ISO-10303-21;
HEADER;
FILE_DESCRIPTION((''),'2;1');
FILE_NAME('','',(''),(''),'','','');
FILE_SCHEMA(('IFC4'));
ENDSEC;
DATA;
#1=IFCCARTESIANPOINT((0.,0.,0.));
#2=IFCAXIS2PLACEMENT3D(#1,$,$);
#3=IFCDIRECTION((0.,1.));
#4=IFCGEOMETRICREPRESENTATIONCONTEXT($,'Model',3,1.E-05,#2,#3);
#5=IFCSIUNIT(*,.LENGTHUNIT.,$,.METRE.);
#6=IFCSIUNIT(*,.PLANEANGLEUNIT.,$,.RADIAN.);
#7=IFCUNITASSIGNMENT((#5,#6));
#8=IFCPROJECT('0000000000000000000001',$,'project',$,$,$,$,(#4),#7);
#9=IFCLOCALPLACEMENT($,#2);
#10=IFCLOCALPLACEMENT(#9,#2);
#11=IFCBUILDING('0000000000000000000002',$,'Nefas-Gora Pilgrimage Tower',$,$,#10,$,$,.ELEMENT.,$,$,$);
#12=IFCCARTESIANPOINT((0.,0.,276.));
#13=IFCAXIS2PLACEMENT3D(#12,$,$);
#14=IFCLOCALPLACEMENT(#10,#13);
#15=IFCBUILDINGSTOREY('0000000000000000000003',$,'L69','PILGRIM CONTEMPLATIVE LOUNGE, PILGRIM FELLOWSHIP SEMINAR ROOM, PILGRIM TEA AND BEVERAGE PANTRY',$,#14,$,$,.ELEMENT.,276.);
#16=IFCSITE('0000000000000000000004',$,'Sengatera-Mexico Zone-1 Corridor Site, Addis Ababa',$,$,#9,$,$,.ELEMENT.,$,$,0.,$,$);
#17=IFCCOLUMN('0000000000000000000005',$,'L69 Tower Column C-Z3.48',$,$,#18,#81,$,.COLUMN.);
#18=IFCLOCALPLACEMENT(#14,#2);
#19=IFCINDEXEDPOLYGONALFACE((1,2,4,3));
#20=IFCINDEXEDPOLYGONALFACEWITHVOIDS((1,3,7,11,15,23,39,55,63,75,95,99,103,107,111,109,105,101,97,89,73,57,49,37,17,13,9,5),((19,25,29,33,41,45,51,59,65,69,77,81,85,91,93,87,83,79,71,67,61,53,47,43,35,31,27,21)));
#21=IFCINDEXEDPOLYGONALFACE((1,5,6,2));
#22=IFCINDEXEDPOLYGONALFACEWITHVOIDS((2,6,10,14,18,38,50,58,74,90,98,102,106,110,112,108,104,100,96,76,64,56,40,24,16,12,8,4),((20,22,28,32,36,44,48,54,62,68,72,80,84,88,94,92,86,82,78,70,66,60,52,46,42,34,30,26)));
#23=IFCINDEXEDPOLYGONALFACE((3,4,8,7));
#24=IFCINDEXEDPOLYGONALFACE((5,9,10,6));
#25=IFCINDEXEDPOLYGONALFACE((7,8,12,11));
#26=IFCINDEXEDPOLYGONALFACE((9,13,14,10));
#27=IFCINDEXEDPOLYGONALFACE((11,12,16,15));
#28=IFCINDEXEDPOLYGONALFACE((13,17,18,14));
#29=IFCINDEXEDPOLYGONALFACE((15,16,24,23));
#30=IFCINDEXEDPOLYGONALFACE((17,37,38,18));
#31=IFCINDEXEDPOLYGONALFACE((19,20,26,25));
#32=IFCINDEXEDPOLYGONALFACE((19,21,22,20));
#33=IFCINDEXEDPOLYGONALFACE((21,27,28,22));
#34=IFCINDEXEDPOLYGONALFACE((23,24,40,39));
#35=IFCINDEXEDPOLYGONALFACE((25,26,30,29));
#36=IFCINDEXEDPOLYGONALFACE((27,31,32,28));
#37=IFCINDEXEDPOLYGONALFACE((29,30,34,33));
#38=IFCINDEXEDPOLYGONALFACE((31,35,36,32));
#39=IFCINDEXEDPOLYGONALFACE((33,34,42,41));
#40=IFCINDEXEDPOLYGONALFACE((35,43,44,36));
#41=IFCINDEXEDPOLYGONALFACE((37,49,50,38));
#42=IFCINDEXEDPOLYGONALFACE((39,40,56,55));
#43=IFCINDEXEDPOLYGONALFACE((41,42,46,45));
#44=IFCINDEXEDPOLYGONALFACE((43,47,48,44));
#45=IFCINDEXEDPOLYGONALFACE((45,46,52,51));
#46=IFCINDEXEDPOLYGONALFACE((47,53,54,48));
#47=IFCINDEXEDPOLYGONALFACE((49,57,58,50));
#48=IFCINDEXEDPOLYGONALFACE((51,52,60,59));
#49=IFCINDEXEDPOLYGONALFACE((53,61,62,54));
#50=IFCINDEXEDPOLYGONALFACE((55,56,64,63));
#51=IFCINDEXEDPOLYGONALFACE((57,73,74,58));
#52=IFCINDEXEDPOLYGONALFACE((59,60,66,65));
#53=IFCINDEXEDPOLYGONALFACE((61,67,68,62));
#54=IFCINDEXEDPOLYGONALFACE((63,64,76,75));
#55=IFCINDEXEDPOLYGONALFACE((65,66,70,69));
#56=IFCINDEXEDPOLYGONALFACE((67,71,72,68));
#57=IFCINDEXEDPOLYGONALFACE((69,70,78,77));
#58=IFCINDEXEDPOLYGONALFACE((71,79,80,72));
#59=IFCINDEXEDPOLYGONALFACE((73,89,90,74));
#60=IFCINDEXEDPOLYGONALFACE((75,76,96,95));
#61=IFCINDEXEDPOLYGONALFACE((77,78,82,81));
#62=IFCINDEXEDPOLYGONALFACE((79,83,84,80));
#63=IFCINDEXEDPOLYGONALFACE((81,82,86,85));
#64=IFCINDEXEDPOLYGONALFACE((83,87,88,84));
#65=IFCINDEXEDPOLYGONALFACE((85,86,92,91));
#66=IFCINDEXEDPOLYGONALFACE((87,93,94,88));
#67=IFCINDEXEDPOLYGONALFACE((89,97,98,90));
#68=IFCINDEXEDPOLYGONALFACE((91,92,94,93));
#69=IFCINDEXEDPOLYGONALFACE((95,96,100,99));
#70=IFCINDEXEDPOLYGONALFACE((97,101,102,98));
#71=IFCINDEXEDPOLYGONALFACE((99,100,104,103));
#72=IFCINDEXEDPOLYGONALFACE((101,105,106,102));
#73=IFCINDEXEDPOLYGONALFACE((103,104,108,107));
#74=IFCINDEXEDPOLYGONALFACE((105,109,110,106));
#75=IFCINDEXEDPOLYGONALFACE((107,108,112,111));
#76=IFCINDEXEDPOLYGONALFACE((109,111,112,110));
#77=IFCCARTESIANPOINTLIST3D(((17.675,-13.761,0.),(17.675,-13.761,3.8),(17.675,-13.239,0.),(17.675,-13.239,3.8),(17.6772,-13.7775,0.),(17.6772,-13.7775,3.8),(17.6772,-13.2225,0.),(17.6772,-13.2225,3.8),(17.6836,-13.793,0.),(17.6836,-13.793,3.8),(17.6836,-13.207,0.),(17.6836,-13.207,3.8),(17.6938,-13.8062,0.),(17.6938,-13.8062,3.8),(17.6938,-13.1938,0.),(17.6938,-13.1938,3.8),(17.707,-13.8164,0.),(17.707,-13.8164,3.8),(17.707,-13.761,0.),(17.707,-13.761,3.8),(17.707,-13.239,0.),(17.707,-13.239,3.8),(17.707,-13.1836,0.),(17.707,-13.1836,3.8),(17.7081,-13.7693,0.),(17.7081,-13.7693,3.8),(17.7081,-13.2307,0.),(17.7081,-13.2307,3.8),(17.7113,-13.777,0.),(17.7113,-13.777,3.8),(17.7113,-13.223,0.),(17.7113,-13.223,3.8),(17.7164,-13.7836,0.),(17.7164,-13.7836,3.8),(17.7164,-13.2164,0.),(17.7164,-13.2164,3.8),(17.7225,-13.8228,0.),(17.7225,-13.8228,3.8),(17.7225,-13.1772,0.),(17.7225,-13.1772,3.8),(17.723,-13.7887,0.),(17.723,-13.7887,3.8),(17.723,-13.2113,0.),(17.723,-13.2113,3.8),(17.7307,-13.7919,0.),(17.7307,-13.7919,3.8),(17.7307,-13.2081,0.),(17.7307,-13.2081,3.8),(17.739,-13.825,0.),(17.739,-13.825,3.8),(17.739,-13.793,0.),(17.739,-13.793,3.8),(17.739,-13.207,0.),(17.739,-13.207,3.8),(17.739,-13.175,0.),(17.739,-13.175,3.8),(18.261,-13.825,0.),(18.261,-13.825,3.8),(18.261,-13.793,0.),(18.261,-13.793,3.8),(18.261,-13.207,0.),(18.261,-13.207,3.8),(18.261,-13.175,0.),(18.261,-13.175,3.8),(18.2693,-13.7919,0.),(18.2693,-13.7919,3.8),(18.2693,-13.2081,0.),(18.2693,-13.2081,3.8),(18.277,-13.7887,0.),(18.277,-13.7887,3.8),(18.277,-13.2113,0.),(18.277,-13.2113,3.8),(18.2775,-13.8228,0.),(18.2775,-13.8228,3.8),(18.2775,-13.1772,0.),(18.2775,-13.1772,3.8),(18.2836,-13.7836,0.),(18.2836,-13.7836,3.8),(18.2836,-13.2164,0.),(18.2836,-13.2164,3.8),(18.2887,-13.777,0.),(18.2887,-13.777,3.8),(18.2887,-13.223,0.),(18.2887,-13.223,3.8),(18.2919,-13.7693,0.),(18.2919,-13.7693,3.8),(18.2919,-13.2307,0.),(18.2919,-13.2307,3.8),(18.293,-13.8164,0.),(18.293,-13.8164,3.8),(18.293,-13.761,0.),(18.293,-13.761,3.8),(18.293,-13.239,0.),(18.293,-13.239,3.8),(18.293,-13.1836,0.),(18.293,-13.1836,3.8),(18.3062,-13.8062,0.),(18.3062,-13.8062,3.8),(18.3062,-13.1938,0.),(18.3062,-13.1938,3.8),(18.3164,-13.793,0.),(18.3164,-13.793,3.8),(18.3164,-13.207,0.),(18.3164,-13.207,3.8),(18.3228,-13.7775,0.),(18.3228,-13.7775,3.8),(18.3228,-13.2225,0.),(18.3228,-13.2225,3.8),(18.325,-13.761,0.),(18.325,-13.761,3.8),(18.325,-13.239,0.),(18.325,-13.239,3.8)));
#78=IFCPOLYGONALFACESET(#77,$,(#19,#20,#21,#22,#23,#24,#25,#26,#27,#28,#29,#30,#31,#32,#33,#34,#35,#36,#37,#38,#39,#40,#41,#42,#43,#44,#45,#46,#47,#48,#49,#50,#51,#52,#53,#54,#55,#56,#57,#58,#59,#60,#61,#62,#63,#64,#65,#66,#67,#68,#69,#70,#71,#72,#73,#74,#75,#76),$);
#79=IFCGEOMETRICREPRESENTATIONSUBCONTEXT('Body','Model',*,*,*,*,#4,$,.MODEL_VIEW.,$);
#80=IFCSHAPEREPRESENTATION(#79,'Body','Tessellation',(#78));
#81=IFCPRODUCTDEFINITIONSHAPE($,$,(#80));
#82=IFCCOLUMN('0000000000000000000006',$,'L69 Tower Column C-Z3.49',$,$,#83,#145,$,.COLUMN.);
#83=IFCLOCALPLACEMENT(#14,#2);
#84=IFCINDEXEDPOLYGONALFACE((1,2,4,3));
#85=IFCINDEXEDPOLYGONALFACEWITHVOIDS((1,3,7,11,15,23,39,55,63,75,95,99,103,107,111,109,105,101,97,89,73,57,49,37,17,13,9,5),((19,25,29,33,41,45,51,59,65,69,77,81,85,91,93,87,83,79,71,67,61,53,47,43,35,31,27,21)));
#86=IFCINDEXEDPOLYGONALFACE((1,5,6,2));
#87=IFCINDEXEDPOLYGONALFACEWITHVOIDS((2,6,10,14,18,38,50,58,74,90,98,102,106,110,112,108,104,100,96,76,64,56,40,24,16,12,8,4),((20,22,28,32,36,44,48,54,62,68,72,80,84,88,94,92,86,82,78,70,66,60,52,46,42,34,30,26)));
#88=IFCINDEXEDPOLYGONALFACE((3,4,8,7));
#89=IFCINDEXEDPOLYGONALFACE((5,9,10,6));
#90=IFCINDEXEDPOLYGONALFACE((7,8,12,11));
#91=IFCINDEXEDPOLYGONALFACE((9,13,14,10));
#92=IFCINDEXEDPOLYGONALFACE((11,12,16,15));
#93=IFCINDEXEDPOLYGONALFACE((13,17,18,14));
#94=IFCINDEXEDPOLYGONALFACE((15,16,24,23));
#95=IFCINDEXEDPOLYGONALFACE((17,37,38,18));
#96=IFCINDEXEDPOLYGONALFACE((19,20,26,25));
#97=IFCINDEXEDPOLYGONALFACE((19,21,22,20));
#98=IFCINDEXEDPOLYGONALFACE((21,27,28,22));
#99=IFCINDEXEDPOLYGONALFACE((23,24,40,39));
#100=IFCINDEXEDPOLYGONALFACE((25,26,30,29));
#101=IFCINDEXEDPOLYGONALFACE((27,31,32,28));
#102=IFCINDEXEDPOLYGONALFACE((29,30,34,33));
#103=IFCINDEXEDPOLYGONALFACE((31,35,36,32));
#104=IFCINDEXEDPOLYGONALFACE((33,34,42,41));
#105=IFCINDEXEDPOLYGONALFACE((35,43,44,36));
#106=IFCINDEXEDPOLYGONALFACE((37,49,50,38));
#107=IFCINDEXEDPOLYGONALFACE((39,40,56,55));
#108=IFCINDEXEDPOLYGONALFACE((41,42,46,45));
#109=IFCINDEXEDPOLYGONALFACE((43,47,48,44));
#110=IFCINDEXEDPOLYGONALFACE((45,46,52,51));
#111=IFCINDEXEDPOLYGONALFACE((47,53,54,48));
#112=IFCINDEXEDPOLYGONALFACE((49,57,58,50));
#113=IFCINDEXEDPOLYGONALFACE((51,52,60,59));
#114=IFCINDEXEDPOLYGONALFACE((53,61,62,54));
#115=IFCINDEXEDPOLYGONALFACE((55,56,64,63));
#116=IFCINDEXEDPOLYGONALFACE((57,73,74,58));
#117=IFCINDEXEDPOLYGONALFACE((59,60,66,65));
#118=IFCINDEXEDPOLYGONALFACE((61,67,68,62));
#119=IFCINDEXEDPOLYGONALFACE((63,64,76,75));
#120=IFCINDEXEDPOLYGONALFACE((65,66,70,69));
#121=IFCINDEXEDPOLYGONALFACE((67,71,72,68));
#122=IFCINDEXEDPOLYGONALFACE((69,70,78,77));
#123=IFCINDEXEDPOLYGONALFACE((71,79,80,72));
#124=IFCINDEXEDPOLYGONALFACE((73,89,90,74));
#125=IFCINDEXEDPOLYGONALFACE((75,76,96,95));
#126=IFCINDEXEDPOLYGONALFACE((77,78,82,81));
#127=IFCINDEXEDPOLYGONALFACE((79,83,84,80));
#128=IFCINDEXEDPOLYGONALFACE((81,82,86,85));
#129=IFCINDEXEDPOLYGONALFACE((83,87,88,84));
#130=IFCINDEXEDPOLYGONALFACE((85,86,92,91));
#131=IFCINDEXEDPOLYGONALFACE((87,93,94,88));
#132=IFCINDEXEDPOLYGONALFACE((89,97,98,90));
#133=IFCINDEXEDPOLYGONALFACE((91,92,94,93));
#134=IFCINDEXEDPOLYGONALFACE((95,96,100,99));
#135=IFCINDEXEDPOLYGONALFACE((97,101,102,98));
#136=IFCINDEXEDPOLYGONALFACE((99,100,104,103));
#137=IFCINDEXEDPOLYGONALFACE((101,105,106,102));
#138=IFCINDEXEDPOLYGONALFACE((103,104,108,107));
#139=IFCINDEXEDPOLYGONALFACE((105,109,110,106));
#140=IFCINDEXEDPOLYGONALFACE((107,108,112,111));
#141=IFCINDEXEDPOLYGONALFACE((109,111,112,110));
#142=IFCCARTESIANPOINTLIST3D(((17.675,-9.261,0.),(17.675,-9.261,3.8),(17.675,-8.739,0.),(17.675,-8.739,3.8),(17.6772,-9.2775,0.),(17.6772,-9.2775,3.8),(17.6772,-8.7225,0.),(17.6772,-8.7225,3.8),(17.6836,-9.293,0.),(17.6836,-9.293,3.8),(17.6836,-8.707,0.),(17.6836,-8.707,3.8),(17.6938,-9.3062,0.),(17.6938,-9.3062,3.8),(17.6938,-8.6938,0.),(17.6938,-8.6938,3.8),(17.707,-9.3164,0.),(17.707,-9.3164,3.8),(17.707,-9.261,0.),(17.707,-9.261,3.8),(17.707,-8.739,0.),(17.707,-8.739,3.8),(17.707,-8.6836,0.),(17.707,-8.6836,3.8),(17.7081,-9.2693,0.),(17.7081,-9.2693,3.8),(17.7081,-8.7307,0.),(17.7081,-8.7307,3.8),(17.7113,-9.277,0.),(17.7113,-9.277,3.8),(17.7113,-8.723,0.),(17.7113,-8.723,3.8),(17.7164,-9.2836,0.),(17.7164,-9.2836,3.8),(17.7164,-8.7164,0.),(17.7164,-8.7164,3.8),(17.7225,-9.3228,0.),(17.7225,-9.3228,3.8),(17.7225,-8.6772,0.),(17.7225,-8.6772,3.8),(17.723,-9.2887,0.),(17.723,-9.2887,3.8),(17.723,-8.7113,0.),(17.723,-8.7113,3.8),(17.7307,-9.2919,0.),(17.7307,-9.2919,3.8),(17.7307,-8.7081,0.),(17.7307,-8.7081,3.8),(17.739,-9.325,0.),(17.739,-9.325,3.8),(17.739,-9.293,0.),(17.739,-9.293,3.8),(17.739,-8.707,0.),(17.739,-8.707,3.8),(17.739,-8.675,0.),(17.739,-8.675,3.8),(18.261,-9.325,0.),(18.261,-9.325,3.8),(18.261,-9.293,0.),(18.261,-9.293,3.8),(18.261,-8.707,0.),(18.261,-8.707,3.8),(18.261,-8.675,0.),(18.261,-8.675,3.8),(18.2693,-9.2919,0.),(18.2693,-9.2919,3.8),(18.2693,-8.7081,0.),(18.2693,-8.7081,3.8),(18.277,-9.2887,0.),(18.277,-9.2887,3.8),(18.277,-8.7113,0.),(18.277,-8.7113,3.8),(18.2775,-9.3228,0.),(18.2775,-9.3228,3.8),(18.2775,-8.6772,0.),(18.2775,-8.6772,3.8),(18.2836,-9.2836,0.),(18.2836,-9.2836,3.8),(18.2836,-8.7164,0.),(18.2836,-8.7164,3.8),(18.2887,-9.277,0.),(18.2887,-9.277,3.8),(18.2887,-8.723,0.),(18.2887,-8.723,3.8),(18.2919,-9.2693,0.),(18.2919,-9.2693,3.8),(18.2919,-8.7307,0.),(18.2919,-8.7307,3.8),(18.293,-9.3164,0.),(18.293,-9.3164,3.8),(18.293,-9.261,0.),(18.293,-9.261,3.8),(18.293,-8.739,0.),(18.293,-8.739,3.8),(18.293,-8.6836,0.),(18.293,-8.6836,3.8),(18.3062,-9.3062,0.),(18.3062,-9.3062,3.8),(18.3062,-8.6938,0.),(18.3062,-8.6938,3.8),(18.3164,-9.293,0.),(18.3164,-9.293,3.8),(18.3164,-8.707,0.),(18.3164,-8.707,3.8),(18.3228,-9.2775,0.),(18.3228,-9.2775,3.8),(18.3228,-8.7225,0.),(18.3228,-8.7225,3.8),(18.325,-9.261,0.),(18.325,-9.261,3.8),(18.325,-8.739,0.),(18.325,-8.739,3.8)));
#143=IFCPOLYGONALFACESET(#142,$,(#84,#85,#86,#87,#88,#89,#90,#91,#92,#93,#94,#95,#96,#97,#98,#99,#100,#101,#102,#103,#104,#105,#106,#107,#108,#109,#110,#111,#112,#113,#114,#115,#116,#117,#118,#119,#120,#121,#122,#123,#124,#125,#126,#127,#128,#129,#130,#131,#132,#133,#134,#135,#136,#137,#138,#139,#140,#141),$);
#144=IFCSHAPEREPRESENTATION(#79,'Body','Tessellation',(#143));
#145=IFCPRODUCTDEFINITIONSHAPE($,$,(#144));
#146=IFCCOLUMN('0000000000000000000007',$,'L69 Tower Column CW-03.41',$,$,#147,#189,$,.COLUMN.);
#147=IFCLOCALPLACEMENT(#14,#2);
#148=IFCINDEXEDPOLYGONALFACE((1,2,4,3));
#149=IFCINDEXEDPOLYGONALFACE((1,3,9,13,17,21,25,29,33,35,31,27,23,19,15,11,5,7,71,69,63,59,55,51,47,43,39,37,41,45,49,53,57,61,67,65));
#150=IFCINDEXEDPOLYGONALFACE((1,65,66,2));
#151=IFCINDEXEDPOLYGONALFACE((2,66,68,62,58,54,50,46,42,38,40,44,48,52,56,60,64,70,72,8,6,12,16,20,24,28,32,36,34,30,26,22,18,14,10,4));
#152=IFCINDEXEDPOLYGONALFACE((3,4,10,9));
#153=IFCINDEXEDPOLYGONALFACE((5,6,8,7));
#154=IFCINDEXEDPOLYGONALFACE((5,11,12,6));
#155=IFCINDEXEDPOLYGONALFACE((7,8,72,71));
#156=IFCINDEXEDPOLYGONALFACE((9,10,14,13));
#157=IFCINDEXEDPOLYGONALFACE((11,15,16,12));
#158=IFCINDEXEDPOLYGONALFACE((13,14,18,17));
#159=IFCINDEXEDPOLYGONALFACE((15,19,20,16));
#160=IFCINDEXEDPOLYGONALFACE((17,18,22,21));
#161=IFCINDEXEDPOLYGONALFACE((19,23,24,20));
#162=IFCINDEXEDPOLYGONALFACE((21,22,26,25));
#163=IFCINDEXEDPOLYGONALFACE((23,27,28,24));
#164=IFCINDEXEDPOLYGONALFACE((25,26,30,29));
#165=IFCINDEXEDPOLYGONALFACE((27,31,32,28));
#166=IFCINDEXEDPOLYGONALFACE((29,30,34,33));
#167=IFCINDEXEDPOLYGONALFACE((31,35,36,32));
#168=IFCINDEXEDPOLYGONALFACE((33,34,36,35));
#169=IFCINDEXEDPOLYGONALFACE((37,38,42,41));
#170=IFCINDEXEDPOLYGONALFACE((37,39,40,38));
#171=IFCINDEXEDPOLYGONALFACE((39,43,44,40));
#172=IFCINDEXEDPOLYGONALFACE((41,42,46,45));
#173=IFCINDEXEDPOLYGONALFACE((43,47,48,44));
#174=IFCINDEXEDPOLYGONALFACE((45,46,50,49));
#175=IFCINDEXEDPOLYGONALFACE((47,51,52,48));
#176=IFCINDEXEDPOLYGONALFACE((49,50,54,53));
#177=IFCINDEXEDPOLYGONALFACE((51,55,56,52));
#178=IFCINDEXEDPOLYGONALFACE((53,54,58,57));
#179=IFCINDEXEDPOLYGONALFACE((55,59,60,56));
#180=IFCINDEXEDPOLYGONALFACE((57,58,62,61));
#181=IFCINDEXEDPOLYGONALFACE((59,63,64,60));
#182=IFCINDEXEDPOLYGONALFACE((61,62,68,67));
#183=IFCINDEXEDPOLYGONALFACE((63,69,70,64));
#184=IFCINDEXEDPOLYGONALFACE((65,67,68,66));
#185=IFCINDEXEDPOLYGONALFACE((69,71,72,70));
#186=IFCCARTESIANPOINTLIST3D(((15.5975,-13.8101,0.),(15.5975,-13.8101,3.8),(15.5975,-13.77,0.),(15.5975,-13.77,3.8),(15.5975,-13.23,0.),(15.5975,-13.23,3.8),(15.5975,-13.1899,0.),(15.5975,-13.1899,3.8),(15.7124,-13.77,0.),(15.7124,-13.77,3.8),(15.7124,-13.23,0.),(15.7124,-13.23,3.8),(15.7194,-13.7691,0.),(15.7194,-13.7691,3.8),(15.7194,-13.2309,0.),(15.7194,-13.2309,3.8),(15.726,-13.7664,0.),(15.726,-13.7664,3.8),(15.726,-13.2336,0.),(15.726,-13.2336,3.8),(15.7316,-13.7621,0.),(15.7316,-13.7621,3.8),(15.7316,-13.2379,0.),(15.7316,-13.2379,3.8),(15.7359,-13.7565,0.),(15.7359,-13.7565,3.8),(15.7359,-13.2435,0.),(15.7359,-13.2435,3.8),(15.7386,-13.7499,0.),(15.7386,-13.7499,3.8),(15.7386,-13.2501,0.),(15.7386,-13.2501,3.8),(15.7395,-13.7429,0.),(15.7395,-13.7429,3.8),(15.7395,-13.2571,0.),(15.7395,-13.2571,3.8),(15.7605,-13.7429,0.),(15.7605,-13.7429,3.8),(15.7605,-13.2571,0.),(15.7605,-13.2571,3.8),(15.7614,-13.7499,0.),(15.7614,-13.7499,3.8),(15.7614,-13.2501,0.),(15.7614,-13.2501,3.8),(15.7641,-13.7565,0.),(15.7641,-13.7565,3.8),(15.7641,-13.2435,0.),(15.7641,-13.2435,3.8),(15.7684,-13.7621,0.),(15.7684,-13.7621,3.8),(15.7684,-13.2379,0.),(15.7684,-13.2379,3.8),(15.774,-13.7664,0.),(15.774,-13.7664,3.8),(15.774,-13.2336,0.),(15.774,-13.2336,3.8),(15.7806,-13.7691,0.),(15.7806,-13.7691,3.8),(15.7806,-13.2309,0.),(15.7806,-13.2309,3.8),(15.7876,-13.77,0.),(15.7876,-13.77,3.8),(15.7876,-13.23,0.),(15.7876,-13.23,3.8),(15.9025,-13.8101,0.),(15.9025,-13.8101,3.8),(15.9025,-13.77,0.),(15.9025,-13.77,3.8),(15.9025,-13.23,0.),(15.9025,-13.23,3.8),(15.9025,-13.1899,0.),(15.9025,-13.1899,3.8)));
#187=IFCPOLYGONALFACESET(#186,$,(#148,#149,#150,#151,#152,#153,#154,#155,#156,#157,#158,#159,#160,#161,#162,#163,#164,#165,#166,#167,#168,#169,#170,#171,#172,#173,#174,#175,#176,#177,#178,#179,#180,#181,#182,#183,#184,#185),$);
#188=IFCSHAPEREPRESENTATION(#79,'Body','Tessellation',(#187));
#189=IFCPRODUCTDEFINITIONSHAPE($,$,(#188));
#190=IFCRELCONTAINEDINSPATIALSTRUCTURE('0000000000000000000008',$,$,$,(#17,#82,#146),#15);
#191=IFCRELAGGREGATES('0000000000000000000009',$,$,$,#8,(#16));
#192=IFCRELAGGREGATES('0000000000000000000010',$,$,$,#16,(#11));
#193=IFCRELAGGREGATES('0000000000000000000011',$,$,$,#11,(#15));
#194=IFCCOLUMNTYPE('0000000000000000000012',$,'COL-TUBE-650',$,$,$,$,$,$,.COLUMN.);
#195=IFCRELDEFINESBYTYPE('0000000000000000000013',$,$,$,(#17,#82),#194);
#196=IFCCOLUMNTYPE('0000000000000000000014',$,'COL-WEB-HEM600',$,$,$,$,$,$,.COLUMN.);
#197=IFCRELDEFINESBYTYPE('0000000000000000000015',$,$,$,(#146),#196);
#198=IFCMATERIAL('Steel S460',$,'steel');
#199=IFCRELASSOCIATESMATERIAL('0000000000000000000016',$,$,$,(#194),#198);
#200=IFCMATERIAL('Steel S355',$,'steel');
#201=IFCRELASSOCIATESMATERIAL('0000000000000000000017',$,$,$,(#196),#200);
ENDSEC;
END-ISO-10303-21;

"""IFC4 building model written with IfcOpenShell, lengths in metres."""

from ifc_helpers import new_model, si_unit, direction, frame, origin, origin_2d, place, context, subcontext, project, spatial, hollow_rectangle, i_section, extrude, source, transform, mapped, material, material_profile, profile_set, type_object, element, save


model = new_model("IFC4")

# Units and contexts
model_context = context("Model", 3, precision=1e-05, world=origin(), true_north=direction((0.0, 1.0)))
body_context = subcontext(model_context, "Body", "Model", "MODEL_VIEW")
ifc_project = project(units=[si_unit("LENGTHUNIT", "METRE"), si_unit("PLANEANGLEUNIT", "RADIAN")], contexts=[model_context])

# Site, building, storey
site_placement = place(None, origin())
site = spatial("IfcSite", under=ifc_project, at=site_placement, Name="Sengatera-Mexico Zone-1 Corridor Site, Addis Ababa", CompositionType="ELEMENT", RefElevation=0.0)
building_placement = place(site_placement, origin())
building = spatial("IfcBuilding", under=site, at=building_placement, Name="Nefas-Gora Pilgrimage Tower", CompositionType="ELEMENT")
storey_placement = place(building_placement, frame((0.0, 0.0, 276.0)))
storey = spatial("IfcBuildingStorey", under=building, at=storey_placement, Name="L69", Description="PILGRIM CONTEMPLATIVE LOUNGE, PILGRIM FELLOWSHIP SEMINAR ROOM, PILGRIM TEA AND BEVERAGE PANTRY", CompositionType="ELEMENT", Elevation=276.0)

# Columns
ifc_material_1 = material(Name="Steel S460", Category="steel")
ifc_material_profile_1 = material_profile(ifc_material_1, hollow_rectangle(XDim=0.6499, YDim=0.6499, WallThickness=0.032, InnerFilletRadius=0.032, OuterFilletRadius=0.064, at=origin_2d()), Name="BOX 650x650x32")
ifc_profile_set_1 = profile_set([ifc_material_profile_1], Name="Steel S460")
column_type_1 = type_object("IfcColumnType", Name="COL-TUBE-650", PredefinedType="COLUMN", material=ifc_profile_set_1)
shared_shape_1 = source(origin(), body_context, "Body", "SweptSolid", [
    extrude(hollow_rectangle(XDim=0.6499, YDim=0.6499, WallThickness=0.032, InnerFilletRadius=0.032, OuterFilletRadius=0.064, at=origin_2d()), origin(), (0.0, 0.0, 1.0), 3.8),
])
for number, where, z_axis, x_axis, name in (
    (1, (18.0, -13.5, 0.0), (0.0, 0.0, 1.0), (1.0, 0.0, 0.0), "L69 Tower Column C-Z3.48"),
    (2, (18.0, -9.0, 0.0), (0.0, 0.0, 1.0), (1.0, 0.0, 0.0), "L69 Tower Column C-Z3.49"),
):
    element("IfcColumn", number, at=place(storey_placement, frame(where, z_axis=z_axis, x_axis=x_axis)), inside=storey, type_object=column_type_1, Name=name, PredefinedType="COLUMN", context=body_context, shape_type="MappedRepresentation", body=[
        mapped(shared_shape_1, transform((0.0, 0.0, 0.0), x_axis=(1.0, 0.0, 0.0), y_axis=(0.0, 1.0, 0.0), z_axis=(0.0, 0.0, 1.0), scale=1.0)),
    ])
ifc_material_2 = material(Name="Steel S355", Category="steel")
ifc_material_profile_2 = material_profile(ifc_material_2, i_section(OverallWidth=0.3049, OverallDepth=0.6201, WebThickness=0.021, FlangeThickness=0.04, FilletRadius=0.0271, at=origin_2d()), Name="HEM 600")
ifc_profile_set_2 = profile_set([ifc_material_profile_2], Name="Steel S355")
column_type_2 = type_object("IfcColumnType", Name="COL-WEB-HEM600", PredefinedType="COLUMN", material=ifc_profile_set_2)
shared_shape_2 = source(origin(), body_context, "Body", "SweptSolid", [
    extrude(i_section(OverallWidth=0.3049, OverallDepth=0.6201, WebThickness=0.021, FlangeThickness=0.04, FilletRadius=0.0271, at=origin_2d()), origin(), (0.0, 0.0, 1.0), 3.8),
])
for number, where, z_axis, x_axis, name in (
    (3, (15.75, -13.5, 0.0), (0.0, 0.0, 1.0), (1.0, 0.0, 0.0), "L69 Tower Column CW-03.41"),
):
    element("IfcColumn", number, at=place(storey_placement, frame(where, z_axis=z_axis, x_axis=x_axis)), inside=storey, type_object=column_type_2, Name=name, PredefinedType="COLUMN", context=body_context, shape_type="MappedRepresentation", body=[
        mapped(shared_shape_2, transform((0.0, 0.0, 0.0), x_axis=(1.0, 0.0, 0.0), y_axis=(0.0, 1.0, 0.0), z_axis=(0.0, 0.0, 1.0), scale=1.0)),
    ])

save(model, "model.ifc")
